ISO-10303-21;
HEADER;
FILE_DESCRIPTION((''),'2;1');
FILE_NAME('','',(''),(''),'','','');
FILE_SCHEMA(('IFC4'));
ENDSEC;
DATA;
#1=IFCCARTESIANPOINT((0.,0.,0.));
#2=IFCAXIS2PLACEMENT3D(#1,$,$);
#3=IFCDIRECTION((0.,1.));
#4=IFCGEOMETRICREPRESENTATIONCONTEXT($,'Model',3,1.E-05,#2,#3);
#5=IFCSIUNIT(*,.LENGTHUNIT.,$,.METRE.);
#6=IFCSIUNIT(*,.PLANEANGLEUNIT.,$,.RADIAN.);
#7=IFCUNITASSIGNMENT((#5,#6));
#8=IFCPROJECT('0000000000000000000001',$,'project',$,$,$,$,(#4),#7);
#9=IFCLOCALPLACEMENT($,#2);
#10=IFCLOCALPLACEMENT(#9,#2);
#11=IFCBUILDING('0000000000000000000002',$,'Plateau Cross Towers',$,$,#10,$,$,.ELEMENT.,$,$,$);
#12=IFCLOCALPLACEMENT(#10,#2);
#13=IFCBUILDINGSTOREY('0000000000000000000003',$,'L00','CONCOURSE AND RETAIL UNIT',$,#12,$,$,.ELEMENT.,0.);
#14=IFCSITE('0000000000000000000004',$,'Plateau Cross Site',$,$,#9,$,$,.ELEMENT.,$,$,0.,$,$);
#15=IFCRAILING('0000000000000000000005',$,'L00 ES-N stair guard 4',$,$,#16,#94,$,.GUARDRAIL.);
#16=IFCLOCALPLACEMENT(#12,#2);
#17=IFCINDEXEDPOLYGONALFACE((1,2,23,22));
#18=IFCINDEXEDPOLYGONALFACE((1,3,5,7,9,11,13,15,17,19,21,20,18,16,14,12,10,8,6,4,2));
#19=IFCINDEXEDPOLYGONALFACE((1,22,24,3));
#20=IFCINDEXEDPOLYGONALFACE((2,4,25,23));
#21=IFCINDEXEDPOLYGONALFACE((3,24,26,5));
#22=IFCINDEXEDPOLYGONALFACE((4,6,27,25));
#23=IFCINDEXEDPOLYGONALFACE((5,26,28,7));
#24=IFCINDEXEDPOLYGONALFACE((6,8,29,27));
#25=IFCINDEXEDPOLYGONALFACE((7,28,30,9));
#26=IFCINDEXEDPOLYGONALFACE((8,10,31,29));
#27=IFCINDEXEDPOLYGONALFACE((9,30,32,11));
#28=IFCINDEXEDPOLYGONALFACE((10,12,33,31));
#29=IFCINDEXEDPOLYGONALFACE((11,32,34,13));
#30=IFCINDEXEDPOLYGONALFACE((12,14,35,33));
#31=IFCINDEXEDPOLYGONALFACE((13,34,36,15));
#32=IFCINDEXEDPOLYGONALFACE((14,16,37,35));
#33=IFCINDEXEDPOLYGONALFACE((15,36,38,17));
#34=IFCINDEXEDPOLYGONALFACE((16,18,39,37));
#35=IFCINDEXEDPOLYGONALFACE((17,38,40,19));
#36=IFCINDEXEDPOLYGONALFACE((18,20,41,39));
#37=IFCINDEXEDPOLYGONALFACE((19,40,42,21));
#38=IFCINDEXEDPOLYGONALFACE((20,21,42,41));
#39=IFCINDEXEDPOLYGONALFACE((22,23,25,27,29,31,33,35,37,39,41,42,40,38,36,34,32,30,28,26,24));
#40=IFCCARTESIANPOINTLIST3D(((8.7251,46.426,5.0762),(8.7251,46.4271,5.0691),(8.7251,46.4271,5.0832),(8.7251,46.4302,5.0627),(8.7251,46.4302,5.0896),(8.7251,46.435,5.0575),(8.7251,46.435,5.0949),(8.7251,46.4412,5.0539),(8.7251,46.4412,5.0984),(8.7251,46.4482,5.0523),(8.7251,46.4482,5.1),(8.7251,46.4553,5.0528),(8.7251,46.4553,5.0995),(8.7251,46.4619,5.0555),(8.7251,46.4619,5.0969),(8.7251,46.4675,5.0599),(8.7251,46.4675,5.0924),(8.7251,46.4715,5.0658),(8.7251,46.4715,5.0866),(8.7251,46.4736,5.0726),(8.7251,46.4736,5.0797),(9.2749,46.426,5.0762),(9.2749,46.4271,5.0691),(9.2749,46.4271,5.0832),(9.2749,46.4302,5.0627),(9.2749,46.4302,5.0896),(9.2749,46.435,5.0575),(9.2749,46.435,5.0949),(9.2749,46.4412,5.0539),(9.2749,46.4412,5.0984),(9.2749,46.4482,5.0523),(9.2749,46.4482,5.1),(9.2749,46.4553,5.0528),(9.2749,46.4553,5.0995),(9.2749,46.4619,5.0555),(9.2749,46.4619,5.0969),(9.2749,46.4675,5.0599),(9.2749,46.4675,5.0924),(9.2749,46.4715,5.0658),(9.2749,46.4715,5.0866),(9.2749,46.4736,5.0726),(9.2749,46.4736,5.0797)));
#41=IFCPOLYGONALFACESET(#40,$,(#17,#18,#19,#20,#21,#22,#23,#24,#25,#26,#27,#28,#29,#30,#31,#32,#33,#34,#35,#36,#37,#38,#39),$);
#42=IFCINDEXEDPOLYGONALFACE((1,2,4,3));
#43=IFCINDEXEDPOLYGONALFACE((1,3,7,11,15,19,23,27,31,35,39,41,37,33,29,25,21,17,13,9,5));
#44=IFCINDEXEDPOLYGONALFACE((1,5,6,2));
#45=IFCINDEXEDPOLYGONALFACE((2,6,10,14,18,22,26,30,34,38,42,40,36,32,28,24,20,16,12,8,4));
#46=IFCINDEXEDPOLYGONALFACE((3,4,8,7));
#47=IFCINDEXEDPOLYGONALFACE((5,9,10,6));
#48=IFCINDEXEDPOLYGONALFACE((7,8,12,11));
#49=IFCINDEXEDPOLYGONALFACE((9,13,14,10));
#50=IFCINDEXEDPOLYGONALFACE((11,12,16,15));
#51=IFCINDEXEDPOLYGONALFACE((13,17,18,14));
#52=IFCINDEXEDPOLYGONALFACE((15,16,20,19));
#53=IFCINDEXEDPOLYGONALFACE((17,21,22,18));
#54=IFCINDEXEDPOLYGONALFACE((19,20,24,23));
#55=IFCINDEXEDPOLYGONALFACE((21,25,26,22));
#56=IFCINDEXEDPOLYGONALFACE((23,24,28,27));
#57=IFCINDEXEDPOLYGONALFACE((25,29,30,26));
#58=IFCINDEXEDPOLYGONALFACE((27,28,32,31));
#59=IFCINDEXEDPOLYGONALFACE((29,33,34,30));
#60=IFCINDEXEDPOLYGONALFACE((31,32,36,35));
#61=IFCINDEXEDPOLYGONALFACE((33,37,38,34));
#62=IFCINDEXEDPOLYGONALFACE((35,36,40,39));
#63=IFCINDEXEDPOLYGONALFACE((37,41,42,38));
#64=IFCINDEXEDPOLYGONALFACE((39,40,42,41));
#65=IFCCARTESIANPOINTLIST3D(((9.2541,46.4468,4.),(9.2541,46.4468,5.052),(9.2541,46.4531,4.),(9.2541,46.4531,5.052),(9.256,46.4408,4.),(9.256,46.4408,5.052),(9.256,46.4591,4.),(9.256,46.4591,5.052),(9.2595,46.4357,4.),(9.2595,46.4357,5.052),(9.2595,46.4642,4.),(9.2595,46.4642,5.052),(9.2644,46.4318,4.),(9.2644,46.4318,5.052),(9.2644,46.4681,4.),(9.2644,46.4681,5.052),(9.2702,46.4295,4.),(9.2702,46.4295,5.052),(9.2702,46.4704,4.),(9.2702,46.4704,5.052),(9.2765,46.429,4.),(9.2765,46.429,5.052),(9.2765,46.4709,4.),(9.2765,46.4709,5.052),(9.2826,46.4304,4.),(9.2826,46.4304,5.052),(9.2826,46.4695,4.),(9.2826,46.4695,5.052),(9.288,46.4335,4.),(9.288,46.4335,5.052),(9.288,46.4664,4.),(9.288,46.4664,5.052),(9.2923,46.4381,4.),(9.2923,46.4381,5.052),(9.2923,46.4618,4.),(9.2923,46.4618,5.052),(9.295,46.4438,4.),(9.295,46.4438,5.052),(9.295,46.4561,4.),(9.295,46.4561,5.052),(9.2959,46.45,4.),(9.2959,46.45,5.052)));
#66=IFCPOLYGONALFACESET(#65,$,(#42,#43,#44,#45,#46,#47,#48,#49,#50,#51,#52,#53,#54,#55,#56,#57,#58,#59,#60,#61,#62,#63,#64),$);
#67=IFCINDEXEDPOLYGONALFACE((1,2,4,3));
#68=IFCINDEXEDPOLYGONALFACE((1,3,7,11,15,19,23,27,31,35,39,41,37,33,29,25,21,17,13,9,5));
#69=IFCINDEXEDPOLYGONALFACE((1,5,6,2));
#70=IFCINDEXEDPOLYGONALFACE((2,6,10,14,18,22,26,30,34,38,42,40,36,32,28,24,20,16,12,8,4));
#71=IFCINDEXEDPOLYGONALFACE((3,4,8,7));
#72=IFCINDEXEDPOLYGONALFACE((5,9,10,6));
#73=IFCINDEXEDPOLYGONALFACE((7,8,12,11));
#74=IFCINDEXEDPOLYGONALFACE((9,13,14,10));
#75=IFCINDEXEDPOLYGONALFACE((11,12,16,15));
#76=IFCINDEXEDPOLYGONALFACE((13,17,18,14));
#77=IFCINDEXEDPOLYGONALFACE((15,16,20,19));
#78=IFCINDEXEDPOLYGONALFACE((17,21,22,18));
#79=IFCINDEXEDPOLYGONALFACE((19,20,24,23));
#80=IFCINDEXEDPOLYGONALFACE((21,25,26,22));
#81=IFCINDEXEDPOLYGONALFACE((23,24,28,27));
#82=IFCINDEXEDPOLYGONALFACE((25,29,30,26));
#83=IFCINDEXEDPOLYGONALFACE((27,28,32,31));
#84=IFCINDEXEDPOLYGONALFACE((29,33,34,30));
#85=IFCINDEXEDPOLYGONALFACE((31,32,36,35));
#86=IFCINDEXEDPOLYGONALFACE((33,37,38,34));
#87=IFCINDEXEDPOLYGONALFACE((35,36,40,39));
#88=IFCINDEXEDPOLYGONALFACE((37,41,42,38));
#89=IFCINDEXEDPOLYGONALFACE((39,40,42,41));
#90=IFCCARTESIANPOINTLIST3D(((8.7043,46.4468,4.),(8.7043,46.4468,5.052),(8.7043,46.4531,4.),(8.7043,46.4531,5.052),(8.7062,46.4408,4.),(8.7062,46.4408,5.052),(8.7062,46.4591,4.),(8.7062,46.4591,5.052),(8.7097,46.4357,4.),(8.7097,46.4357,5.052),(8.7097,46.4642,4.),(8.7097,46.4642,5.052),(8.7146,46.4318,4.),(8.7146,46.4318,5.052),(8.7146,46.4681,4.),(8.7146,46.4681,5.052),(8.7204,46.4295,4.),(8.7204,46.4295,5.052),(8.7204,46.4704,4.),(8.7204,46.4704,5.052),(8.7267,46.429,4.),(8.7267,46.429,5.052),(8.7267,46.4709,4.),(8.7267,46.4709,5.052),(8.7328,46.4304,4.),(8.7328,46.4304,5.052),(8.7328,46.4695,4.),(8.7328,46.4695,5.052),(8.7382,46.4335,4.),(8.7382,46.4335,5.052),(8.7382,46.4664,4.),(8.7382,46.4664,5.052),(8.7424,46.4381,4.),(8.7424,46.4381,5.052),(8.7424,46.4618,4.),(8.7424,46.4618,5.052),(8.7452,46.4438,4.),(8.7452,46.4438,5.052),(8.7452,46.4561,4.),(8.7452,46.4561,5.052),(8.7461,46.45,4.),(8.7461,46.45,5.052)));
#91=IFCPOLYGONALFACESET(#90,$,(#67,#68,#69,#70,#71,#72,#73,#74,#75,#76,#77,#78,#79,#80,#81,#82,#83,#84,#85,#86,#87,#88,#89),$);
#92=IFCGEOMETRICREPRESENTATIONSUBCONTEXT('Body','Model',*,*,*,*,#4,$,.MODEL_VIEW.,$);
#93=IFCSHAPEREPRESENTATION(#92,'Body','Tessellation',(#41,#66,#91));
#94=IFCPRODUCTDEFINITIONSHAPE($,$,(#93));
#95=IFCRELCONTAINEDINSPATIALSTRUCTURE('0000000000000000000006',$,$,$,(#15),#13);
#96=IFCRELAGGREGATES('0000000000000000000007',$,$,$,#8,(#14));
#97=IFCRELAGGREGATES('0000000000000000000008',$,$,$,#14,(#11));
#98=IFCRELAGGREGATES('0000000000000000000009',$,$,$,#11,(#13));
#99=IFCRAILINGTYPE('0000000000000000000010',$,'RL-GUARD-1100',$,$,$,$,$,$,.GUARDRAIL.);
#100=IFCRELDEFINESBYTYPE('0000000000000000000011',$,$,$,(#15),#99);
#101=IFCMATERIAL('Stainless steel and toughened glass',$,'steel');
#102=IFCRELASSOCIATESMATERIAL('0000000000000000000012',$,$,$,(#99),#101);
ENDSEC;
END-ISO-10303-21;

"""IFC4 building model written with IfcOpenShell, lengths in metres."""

from ifc_helpers import new_model, si_unit, direction, frame, origin, origin_2d, place, context, subcontext, project, spatial, circle, extrude, material, type_object, element, save


model = new_model("IFC4")

# Units and contexts
model_context = context("Model", 3, precision=1e-05, world=origin(), true_north=direction((0.0, 1.0)))
body_context = subcontext(model_context, "Body", "Model", "MODEL_VIEW")
ifc_project = project(units=[si_unit("LENGTHUNIT", "METRE"), si_unit("PLANEANGLEUNIT", "RADIAN")], contexts=[model_context])

# Site, building, storey
site_placement = place(None, origin())
site = spatial("IfcSite", under=ifc_project, at=site_placement, Name="Plateau Cross Site", CompositionType="ELEMENT", RefElevation=0.0)
building_placement = place(site_placement, origin())
building = spatial("IfcBuilding", under=site, at=building_placement, Name="Plateau Cross Towers", CompositionType="ELEMENT")
storey_placement = place(building_placement, origin())
storey = spatial("IfcBuildingStorey", under=building, at=storey_placement, Name="L00", Description="CONCOURSE AND RETAIL UNIT", CompositionType="ELEMENT", Elevation=0.0)

# Railing
ifc_material_1 = material(Name="Stainless steel and toughened glass", Category="steel")
railing_type_1 = type_object("IfcRailingType", Name="RL-GUARD-1100", PredefinedType="GUARDRAIL", material=ifc_material_1)
railing_1_placement = place(storey_placement, frame((9.2749, 46.45, 4.0)))
element("IfcRailing", 1, at=railing_1_placement, inside=storey, type_object=railing_type_1, Name="L00 ES-N stair guard 4", PredefinedType="GUARDRAIL", context=body_context, shape_type="SweptSolid", body=[
    extrude(circle(Radius=0.0239, at=origin_2d()), frame((0.0, 0.0, 1.0762), z_axis=(-1.0, 0.0, 0.0), x_axis=(0.0, -1.0, 0.0)), (0.0, 0.0, 1.0), 0.5498),
    extrude(circle(Radius=0.021, at=origin_2d()), origin(), (0.0, 0.0, 1.0), 1.052),
    extrude(circle(Radius=0.021, at=origin_2d()), frame((-0.5498, 0.0, 0.0)), (0.0, 0.0, 1.0), 1.052),
])

save(model, "model.ifc")
